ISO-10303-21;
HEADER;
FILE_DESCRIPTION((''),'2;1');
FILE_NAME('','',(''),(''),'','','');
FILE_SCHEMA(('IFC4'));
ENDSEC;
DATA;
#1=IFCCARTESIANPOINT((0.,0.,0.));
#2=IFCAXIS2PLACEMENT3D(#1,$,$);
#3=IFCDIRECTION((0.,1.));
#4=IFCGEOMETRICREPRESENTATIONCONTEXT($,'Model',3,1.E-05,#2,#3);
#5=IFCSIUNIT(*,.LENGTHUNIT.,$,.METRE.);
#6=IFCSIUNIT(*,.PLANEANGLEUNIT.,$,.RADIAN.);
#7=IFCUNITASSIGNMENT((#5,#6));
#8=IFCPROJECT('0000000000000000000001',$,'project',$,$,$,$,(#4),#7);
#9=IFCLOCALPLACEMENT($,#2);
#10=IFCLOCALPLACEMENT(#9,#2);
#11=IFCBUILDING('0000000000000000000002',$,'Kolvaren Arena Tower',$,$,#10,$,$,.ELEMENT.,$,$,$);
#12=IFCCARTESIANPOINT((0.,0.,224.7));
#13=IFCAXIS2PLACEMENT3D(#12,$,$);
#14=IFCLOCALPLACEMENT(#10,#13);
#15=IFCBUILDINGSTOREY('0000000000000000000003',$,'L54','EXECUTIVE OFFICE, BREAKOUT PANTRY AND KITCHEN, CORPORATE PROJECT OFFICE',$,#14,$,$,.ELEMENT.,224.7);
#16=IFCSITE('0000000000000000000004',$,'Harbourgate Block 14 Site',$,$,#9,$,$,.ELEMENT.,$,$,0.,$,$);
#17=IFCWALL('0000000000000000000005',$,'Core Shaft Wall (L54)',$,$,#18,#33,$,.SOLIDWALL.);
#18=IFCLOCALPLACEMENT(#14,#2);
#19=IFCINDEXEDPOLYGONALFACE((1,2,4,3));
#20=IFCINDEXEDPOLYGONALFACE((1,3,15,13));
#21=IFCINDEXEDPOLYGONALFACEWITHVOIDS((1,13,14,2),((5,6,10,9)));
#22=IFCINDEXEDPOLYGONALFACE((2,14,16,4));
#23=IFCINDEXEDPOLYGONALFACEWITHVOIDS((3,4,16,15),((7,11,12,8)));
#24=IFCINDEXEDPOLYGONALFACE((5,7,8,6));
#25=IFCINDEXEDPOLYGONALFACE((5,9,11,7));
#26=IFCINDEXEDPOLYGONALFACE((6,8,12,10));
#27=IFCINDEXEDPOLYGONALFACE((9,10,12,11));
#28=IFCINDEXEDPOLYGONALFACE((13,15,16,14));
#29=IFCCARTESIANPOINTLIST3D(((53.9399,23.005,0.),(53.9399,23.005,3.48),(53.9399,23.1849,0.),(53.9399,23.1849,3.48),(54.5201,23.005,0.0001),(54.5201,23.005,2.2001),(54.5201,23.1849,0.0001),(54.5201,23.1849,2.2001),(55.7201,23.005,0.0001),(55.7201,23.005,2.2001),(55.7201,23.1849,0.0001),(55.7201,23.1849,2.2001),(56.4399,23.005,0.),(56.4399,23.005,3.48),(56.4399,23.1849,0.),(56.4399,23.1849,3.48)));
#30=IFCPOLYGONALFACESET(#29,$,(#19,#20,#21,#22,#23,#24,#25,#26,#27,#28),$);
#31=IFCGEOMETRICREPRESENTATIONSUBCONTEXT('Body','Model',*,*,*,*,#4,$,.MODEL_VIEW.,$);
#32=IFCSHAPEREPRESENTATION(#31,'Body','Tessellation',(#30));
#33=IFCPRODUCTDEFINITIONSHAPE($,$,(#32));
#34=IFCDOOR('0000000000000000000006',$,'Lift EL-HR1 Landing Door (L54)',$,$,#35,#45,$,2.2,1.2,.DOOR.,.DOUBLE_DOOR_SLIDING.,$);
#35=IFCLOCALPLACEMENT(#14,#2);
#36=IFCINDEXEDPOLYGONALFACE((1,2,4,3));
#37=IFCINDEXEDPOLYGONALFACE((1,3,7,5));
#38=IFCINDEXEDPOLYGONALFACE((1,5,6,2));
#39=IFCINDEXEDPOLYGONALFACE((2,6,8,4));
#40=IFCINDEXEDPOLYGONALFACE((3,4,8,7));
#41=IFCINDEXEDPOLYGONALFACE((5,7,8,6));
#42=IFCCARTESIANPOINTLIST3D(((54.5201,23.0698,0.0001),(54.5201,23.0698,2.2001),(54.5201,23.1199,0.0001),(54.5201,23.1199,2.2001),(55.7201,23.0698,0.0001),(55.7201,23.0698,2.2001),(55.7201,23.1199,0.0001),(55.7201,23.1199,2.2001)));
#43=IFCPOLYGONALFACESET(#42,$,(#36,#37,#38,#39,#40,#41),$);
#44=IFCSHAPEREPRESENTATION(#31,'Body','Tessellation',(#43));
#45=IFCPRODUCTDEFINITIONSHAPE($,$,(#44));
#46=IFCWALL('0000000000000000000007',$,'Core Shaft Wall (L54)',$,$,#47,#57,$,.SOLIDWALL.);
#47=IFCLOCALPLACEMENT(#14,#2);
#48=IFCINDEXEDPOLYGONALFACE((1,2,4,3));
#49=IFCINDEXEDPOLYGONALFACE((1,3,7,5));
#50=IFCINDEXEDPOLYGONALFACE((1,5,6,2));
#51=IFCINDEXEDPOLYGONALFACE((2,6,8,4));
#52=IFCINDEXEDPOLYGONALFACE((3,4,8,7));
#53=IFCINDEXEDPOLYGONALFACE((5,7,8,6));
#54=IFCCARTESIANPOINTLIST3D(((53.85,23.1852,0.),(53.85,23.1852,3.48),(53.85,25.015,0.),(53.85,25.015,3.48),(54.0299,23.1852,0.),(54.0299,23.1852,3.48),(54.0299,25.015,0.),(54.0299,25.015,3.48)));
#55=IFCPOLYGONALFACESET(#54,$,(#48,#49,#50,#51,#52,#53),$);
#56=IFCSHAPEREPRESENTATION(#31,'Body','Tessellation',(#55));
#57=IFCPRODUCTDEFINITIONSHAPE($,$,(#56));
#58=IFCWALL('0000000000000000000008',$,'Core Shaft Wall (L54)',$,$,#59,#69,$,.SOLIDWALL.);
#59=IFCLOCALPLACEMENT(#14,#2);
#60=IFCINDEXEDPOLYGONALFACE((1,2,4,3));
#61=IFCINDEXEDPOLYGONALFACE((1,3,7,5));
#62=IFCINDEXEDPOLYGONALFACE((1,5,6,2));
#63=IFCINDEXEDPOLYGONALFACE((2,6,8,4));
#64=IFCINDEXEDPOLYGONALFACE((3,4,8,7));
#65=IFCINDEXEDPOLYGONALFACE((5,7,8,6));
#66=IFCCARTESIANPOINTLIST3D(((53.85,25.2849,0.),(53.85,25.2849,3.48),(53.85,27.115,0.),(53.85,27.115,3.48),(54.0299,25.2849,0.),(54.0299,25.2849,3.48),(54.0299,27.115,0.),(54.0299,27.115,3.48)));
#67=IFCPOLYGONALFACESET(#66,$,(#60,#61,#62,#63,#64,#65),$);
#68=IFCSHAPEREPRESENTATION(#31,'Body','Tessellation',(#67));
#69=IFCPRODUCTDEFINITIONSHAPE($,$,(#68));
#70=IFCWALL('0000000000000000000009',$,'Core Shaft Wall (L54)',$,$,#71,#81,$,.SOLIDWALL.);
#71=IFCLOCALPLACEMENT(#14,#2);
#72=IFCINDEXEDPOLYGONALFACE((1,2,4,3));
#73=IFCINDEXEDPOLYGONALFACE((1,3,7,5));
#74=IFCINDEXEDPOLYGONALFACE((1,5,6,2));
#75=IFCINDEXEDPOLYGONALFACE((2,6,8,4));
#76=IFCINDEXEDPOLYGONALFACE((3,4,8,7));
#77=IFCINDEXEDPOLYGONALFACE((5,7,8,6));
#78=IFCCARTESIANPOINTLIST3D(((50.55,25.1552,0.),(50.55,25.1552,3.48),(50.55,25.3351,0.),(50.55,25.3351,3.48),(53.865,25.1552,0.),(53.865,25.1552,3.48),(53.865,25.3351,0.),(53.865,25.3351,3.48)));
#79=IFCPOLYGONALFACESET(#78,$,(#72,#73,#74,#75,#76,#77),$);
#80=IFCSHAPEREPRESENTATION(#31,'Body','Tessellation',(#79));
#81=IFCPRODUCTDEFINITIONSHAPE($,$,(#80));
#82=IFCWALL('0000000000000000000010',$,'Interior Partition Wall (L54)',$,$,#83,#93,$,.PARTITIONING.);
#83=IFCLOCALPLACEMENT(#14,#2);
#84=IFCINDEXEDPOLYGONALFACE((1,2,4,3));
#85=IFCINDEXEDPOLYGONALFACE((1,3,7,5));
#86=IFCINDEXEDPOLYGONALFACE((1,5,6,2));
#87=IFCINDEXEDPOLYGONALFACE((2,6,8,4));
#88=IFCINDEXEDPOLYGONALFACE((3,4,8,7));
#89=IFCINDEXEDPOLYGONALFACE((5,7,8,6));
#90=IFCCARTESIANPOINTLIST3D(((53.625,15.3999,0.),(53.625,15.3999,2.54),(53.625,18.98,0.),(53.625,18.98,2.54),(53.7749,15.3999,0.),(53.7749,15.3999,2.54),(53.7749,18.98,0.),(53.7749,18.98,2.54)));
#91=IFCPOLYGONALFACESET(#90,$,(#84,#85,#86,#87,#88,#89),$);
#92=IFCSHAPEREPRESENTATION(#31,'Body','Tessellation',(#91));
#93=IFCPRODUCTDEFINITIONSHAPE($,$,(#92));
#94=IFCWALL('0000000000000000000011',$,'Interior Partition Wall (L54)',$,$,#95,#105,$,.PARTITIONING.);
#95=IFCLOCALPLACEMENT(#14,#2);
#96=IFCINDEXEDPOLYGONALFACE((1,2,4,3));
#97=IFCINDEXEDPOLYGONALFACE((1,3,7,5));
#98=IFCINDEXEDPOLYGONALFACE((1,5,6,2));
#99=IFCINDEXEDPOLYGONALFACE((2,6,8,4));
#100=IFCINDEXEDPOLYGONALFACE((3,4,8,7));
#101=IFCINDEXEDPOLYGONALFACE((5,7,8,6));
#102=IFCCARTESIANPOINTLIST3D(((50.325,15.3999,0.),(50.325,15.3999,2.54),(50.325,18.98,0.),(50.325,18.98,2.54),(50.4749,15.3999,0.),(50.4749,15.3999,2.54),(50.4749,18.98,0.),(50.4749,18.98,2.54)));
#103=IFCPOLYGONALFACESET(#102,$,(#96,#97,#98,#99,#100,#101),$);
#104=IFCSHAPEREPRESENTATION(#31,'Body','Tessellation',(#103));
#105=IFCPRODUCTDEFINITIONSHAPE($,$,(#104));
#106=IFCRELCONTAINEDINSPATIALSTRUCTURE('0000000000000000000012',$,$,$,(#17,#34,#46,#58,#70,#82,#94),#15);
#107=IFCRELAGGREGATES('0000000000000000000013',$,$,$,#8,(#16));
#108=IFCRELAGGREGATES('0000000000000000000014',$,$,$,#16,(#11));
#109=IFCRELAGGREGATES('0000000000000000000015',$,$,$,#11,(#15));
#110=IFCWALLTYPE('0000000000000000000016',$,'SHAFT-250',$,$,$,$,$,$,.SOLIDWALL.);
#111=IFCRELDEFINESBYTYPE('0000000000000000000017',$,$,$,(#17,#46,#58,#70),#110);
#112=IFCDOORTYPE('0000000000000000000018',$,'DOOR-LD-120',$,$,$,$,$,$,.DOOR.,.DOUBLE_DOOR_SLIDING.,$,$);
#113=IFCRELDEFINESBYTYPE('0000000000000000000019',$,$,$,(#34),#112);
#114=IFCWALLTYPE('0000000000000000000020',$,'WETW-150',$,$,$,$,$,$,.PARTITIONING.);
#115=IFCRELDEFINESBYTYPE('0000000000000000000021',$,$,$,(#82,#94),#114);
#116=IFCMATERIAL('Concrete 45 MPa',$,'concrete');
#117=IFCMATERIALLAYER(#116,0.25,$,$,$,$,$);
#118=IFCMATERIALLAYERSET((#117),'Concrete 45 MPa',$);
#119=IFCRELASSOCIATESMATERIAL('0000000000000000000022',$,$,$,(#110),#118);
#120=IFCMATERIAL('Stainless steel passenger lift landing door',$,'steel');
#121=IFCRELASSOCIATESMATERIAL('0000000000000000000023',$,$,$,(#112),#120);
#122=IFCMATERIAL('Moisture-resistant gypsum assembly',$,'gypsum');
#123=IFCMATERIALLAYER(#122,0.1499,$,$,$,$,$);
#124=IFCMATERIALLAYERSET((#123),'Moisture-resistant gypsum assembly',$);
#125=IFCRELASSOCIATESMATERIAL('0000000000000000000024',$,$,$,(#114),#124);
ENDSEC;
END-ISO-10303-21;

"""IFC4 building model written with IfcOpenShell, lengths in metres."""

from ifc_helpers import new_model, si_unit, direction, frame, frame_2d, origin, place, context, subcontext, project, spatial, rectangle, extrude, material, layer, layer_set, type_object, element, fill, save


model = new_model("IFC4")

# Units and contexts
model_context = context("Model", 3, precision=1e-05, world=origin(), true_north=direction((0.0, 1.0)))
body_context = subcontext(model_context, "Body", "Model", "MODEL_VIEW")
ifc_project = project(units=[si_unit("LENGTHUNIT", "METRE"), si_unit("PLANEANGLEUNIT", "RADIAN")], contexts=[model_context])

# Site, building, storey
site_placement = place(None, origin())
site = spatial("IfcSite", under=ifc_project, at=site_placement, Name="Harbourgate Block 14 Site", CompositionType="ELEMENT", RefElevation=0.0)
building_placement = place(site_placement, origin())
building = spatial("IfcBuilding", under=site, at=building_placement, Name="Kolvaren Arena Tower", CompositionType="ELEMENT")
storey_placement = place(building_placement, frame((0.0, 0.0, 224.7)))
storey = spatial("IfcBuildingStorey", under=building, at=storey_placement, Name="L54", Description="EXECUTIVE OFFICE, BREAKOUT PANTRY AND KITCHEN, CORPORATE PROJECT OFFICE", CompositionType="ELEMENT", Elevation=224.7)

# Shared definitions
ifc_material_1 = material(Name="Concrete 45 MPa", Category="concrete")
ifc_layer_1 = layer(ifc_material_1, 0.25)
ifc_layer_set_1 = layer_set([ifc_layer_1], Name="Concrete 45 MPa")
wall_type_1 = type_object("IfcWallType", Name="SHAFT-250", PredefinedType="SOLIDWALL", material=ifc_layer_set_1)

# Wall, opening, door
wall_1_placement = place(storey_placement, frame((53.9399, 23.095, 0.0), z_axis=(0.0, 0.0, 1.0), x_axis=(1.0, 0.0, 0.0)))
wall_1 = element("IfcWall", 1, at=wall_1_placement, inside=storey, type_object=wall_type_1, Name="Core Shaft Wall (L54)", PredefinedType="SOLIDWALL", context=body_context, shape_type="SweptSolid", body=[
    extrude(rectangle(XDim=2.5, YDim=0.1799, at=frame_2d((1.25, 0.0))), origin(), (0.0, 0.0, 1.0), 3.48),
])
opening_1_placement = place(wall_1_placement, frame((0.5801, 0.0, 0.0)))
opening_1 = element("IfcOpeningElement", 2, at=opening_1_placement, cuts=wall_1, PredefinedType="OPENING", context=body_context, shape_type="SweptSolid", body=[
    extrude(rectangle(XDim=1.2, YDim=2.2, at=frame_2d((0.6001, 1.1001))), frame((0.0, 0.0999, 0.0), z_axis=(0.0, -1.0, 0.0), x_axis=(1.0, 0.0, 0.0)), (0.0, 0.0, 1.0), 0.2),
])
ifc_material_2 = material(Name="Stainless steel passenger lift landing door", Category="steel")
door_type_1 = type_object("IfcDoorType", Name="DOOR-LD-120", OperationType="DOUBLE_DOOR_SLIDING", PredefinedType="DOOR", material=ifc_material_2)
door_1_placement = place(opening_1_placement, origin())
door_1 = element("IfcDoor", 3, at=door_1_placement, inside=storey, type_object=door_type_1, Name="Lift EL-HR1 Landing Door (L54)", OperationType="DOUBLE_DOOR_SLIDING", OverallHeight=2.2, OverallWidth=1.2, PredefinedType="DOOR", context=body_context, shape_type="SweptSolid", body=[
    extrude(rectangle(XDim=1.2, YDim=2.2, at=frame_2d((0.6001, 1.1001))), frame((0.0, 0.0249, 0.0), z_axis=(0.0, -1.0, 0.0), x_axis=(1.0, 0.0, 0.0)), (0.0, 0.0, 1.0), 0.05),
])
fill(opening_1, door_1)

# Walls
wall_2_placement = place(storey_placement, frame((53.9399, 23.1851, 0.0), z_axis=(0.0, 0.0, 1.0), x_axis=(0.0, 1.0, 0.0)))
element("IfcWall", 4, at=wall_2_placement, inside=storey, type_object=wall_type_1, Name="Core Shaft Wall (L54)", PredefinedType="SOLIDWALL", context=body_context, shape_type="SweptSolid", body=[
    extrude(rectangle(XDim=1.8298, YDim=0.1799, at=frame_2d((0.915, 0.0))), origin(), (0.0, 0.0, 1.0), 3.48),
])
wall_3_placement = place(storey_placement, frame((53.9399, 25.2849, 0.0), z_axis=(0.0, 0.0, 1.0), x_axis=(0.0, 1.0, 0.0)))
element("IfcWall", 5, at=wall_3_placement, inside=storey, type_object=wall_type_1, Name="Core Shaft Wall (L54)", PredefinedType="SOLIDWALL", context=body_context, shape_type="SweptSolid", body=[
    extrude(rectangle(XDim=1.8301, YDim=0.1799, at=frame_2d((0.915, 0.0))), origin(), (0.0, 0.0, 1.0), 3.48),
])
wall_4_placement = place(storey_placement, frame((50.55, 25.2451, 0.0), z_axis=(0.0, 0.0, 1.0), x_axis=(1.0, 0.0, 0.0)))
element("IfcWall", 6, at=wall_4_placement, inside=storey, type_object=wall_type_1, Name="Core Shaft Wall (L54)", PredefinedType="SOLIDWALL", context=body_context, shape_type="SweptSolid", body=[
    extrude(rectangle(XDim=3.3149, YDim=0.1799, at=frame_2d((1.6575, 0.0))), origin(), (0.0, 0.0, 1.0), 3.48),
])
ifc_material_3 = material(Name="Moisture-resistant gypsum assembly", Category="gypsum")
ifc_layer_2 = layer(ifc_material_3, 0.1499)
ifc_layer_set_2 = layer_set([ifc_layer_2], Name="Moisture-resistant gypsum assembly")
wall_type_2 = type_object("IfcWallType", Name="WETW-150", PredefinedType="PARTITIONING", material=ifc_layer_set_2)
for number, where, z_axis, x_axis, name in (
    (7, (53.7, 15.3999, 0.0), (0.0, 0.0, 1.0), (0.0, 1.0, 0.0), "Interior Partition Wall (L54)"),
    (8, (50.3999, 15.3999, 0.0), (0.0, 0.0, 1.0), (0.0, 1.0, 0.0), "Interior Partition Wall (L54)"),
):
    element("IfcWall", number, at=place(storey_placement, frame(where, z_axis=z_axis, x_axis=x_axis)), inside=storey, type_object=wall_type_2, Name=name, PredefinedType="PARTITIONING", context=body_context, shape_type="SweptSolid", body=[
        extrude(rectangle(XDim=3.5801, YDim=0.1499, at=frame_2d((1.79, 0.0))), origin(), (0.0, 0.0, 1.0), 2.54),
    ])

save(model, "model.ifc")
